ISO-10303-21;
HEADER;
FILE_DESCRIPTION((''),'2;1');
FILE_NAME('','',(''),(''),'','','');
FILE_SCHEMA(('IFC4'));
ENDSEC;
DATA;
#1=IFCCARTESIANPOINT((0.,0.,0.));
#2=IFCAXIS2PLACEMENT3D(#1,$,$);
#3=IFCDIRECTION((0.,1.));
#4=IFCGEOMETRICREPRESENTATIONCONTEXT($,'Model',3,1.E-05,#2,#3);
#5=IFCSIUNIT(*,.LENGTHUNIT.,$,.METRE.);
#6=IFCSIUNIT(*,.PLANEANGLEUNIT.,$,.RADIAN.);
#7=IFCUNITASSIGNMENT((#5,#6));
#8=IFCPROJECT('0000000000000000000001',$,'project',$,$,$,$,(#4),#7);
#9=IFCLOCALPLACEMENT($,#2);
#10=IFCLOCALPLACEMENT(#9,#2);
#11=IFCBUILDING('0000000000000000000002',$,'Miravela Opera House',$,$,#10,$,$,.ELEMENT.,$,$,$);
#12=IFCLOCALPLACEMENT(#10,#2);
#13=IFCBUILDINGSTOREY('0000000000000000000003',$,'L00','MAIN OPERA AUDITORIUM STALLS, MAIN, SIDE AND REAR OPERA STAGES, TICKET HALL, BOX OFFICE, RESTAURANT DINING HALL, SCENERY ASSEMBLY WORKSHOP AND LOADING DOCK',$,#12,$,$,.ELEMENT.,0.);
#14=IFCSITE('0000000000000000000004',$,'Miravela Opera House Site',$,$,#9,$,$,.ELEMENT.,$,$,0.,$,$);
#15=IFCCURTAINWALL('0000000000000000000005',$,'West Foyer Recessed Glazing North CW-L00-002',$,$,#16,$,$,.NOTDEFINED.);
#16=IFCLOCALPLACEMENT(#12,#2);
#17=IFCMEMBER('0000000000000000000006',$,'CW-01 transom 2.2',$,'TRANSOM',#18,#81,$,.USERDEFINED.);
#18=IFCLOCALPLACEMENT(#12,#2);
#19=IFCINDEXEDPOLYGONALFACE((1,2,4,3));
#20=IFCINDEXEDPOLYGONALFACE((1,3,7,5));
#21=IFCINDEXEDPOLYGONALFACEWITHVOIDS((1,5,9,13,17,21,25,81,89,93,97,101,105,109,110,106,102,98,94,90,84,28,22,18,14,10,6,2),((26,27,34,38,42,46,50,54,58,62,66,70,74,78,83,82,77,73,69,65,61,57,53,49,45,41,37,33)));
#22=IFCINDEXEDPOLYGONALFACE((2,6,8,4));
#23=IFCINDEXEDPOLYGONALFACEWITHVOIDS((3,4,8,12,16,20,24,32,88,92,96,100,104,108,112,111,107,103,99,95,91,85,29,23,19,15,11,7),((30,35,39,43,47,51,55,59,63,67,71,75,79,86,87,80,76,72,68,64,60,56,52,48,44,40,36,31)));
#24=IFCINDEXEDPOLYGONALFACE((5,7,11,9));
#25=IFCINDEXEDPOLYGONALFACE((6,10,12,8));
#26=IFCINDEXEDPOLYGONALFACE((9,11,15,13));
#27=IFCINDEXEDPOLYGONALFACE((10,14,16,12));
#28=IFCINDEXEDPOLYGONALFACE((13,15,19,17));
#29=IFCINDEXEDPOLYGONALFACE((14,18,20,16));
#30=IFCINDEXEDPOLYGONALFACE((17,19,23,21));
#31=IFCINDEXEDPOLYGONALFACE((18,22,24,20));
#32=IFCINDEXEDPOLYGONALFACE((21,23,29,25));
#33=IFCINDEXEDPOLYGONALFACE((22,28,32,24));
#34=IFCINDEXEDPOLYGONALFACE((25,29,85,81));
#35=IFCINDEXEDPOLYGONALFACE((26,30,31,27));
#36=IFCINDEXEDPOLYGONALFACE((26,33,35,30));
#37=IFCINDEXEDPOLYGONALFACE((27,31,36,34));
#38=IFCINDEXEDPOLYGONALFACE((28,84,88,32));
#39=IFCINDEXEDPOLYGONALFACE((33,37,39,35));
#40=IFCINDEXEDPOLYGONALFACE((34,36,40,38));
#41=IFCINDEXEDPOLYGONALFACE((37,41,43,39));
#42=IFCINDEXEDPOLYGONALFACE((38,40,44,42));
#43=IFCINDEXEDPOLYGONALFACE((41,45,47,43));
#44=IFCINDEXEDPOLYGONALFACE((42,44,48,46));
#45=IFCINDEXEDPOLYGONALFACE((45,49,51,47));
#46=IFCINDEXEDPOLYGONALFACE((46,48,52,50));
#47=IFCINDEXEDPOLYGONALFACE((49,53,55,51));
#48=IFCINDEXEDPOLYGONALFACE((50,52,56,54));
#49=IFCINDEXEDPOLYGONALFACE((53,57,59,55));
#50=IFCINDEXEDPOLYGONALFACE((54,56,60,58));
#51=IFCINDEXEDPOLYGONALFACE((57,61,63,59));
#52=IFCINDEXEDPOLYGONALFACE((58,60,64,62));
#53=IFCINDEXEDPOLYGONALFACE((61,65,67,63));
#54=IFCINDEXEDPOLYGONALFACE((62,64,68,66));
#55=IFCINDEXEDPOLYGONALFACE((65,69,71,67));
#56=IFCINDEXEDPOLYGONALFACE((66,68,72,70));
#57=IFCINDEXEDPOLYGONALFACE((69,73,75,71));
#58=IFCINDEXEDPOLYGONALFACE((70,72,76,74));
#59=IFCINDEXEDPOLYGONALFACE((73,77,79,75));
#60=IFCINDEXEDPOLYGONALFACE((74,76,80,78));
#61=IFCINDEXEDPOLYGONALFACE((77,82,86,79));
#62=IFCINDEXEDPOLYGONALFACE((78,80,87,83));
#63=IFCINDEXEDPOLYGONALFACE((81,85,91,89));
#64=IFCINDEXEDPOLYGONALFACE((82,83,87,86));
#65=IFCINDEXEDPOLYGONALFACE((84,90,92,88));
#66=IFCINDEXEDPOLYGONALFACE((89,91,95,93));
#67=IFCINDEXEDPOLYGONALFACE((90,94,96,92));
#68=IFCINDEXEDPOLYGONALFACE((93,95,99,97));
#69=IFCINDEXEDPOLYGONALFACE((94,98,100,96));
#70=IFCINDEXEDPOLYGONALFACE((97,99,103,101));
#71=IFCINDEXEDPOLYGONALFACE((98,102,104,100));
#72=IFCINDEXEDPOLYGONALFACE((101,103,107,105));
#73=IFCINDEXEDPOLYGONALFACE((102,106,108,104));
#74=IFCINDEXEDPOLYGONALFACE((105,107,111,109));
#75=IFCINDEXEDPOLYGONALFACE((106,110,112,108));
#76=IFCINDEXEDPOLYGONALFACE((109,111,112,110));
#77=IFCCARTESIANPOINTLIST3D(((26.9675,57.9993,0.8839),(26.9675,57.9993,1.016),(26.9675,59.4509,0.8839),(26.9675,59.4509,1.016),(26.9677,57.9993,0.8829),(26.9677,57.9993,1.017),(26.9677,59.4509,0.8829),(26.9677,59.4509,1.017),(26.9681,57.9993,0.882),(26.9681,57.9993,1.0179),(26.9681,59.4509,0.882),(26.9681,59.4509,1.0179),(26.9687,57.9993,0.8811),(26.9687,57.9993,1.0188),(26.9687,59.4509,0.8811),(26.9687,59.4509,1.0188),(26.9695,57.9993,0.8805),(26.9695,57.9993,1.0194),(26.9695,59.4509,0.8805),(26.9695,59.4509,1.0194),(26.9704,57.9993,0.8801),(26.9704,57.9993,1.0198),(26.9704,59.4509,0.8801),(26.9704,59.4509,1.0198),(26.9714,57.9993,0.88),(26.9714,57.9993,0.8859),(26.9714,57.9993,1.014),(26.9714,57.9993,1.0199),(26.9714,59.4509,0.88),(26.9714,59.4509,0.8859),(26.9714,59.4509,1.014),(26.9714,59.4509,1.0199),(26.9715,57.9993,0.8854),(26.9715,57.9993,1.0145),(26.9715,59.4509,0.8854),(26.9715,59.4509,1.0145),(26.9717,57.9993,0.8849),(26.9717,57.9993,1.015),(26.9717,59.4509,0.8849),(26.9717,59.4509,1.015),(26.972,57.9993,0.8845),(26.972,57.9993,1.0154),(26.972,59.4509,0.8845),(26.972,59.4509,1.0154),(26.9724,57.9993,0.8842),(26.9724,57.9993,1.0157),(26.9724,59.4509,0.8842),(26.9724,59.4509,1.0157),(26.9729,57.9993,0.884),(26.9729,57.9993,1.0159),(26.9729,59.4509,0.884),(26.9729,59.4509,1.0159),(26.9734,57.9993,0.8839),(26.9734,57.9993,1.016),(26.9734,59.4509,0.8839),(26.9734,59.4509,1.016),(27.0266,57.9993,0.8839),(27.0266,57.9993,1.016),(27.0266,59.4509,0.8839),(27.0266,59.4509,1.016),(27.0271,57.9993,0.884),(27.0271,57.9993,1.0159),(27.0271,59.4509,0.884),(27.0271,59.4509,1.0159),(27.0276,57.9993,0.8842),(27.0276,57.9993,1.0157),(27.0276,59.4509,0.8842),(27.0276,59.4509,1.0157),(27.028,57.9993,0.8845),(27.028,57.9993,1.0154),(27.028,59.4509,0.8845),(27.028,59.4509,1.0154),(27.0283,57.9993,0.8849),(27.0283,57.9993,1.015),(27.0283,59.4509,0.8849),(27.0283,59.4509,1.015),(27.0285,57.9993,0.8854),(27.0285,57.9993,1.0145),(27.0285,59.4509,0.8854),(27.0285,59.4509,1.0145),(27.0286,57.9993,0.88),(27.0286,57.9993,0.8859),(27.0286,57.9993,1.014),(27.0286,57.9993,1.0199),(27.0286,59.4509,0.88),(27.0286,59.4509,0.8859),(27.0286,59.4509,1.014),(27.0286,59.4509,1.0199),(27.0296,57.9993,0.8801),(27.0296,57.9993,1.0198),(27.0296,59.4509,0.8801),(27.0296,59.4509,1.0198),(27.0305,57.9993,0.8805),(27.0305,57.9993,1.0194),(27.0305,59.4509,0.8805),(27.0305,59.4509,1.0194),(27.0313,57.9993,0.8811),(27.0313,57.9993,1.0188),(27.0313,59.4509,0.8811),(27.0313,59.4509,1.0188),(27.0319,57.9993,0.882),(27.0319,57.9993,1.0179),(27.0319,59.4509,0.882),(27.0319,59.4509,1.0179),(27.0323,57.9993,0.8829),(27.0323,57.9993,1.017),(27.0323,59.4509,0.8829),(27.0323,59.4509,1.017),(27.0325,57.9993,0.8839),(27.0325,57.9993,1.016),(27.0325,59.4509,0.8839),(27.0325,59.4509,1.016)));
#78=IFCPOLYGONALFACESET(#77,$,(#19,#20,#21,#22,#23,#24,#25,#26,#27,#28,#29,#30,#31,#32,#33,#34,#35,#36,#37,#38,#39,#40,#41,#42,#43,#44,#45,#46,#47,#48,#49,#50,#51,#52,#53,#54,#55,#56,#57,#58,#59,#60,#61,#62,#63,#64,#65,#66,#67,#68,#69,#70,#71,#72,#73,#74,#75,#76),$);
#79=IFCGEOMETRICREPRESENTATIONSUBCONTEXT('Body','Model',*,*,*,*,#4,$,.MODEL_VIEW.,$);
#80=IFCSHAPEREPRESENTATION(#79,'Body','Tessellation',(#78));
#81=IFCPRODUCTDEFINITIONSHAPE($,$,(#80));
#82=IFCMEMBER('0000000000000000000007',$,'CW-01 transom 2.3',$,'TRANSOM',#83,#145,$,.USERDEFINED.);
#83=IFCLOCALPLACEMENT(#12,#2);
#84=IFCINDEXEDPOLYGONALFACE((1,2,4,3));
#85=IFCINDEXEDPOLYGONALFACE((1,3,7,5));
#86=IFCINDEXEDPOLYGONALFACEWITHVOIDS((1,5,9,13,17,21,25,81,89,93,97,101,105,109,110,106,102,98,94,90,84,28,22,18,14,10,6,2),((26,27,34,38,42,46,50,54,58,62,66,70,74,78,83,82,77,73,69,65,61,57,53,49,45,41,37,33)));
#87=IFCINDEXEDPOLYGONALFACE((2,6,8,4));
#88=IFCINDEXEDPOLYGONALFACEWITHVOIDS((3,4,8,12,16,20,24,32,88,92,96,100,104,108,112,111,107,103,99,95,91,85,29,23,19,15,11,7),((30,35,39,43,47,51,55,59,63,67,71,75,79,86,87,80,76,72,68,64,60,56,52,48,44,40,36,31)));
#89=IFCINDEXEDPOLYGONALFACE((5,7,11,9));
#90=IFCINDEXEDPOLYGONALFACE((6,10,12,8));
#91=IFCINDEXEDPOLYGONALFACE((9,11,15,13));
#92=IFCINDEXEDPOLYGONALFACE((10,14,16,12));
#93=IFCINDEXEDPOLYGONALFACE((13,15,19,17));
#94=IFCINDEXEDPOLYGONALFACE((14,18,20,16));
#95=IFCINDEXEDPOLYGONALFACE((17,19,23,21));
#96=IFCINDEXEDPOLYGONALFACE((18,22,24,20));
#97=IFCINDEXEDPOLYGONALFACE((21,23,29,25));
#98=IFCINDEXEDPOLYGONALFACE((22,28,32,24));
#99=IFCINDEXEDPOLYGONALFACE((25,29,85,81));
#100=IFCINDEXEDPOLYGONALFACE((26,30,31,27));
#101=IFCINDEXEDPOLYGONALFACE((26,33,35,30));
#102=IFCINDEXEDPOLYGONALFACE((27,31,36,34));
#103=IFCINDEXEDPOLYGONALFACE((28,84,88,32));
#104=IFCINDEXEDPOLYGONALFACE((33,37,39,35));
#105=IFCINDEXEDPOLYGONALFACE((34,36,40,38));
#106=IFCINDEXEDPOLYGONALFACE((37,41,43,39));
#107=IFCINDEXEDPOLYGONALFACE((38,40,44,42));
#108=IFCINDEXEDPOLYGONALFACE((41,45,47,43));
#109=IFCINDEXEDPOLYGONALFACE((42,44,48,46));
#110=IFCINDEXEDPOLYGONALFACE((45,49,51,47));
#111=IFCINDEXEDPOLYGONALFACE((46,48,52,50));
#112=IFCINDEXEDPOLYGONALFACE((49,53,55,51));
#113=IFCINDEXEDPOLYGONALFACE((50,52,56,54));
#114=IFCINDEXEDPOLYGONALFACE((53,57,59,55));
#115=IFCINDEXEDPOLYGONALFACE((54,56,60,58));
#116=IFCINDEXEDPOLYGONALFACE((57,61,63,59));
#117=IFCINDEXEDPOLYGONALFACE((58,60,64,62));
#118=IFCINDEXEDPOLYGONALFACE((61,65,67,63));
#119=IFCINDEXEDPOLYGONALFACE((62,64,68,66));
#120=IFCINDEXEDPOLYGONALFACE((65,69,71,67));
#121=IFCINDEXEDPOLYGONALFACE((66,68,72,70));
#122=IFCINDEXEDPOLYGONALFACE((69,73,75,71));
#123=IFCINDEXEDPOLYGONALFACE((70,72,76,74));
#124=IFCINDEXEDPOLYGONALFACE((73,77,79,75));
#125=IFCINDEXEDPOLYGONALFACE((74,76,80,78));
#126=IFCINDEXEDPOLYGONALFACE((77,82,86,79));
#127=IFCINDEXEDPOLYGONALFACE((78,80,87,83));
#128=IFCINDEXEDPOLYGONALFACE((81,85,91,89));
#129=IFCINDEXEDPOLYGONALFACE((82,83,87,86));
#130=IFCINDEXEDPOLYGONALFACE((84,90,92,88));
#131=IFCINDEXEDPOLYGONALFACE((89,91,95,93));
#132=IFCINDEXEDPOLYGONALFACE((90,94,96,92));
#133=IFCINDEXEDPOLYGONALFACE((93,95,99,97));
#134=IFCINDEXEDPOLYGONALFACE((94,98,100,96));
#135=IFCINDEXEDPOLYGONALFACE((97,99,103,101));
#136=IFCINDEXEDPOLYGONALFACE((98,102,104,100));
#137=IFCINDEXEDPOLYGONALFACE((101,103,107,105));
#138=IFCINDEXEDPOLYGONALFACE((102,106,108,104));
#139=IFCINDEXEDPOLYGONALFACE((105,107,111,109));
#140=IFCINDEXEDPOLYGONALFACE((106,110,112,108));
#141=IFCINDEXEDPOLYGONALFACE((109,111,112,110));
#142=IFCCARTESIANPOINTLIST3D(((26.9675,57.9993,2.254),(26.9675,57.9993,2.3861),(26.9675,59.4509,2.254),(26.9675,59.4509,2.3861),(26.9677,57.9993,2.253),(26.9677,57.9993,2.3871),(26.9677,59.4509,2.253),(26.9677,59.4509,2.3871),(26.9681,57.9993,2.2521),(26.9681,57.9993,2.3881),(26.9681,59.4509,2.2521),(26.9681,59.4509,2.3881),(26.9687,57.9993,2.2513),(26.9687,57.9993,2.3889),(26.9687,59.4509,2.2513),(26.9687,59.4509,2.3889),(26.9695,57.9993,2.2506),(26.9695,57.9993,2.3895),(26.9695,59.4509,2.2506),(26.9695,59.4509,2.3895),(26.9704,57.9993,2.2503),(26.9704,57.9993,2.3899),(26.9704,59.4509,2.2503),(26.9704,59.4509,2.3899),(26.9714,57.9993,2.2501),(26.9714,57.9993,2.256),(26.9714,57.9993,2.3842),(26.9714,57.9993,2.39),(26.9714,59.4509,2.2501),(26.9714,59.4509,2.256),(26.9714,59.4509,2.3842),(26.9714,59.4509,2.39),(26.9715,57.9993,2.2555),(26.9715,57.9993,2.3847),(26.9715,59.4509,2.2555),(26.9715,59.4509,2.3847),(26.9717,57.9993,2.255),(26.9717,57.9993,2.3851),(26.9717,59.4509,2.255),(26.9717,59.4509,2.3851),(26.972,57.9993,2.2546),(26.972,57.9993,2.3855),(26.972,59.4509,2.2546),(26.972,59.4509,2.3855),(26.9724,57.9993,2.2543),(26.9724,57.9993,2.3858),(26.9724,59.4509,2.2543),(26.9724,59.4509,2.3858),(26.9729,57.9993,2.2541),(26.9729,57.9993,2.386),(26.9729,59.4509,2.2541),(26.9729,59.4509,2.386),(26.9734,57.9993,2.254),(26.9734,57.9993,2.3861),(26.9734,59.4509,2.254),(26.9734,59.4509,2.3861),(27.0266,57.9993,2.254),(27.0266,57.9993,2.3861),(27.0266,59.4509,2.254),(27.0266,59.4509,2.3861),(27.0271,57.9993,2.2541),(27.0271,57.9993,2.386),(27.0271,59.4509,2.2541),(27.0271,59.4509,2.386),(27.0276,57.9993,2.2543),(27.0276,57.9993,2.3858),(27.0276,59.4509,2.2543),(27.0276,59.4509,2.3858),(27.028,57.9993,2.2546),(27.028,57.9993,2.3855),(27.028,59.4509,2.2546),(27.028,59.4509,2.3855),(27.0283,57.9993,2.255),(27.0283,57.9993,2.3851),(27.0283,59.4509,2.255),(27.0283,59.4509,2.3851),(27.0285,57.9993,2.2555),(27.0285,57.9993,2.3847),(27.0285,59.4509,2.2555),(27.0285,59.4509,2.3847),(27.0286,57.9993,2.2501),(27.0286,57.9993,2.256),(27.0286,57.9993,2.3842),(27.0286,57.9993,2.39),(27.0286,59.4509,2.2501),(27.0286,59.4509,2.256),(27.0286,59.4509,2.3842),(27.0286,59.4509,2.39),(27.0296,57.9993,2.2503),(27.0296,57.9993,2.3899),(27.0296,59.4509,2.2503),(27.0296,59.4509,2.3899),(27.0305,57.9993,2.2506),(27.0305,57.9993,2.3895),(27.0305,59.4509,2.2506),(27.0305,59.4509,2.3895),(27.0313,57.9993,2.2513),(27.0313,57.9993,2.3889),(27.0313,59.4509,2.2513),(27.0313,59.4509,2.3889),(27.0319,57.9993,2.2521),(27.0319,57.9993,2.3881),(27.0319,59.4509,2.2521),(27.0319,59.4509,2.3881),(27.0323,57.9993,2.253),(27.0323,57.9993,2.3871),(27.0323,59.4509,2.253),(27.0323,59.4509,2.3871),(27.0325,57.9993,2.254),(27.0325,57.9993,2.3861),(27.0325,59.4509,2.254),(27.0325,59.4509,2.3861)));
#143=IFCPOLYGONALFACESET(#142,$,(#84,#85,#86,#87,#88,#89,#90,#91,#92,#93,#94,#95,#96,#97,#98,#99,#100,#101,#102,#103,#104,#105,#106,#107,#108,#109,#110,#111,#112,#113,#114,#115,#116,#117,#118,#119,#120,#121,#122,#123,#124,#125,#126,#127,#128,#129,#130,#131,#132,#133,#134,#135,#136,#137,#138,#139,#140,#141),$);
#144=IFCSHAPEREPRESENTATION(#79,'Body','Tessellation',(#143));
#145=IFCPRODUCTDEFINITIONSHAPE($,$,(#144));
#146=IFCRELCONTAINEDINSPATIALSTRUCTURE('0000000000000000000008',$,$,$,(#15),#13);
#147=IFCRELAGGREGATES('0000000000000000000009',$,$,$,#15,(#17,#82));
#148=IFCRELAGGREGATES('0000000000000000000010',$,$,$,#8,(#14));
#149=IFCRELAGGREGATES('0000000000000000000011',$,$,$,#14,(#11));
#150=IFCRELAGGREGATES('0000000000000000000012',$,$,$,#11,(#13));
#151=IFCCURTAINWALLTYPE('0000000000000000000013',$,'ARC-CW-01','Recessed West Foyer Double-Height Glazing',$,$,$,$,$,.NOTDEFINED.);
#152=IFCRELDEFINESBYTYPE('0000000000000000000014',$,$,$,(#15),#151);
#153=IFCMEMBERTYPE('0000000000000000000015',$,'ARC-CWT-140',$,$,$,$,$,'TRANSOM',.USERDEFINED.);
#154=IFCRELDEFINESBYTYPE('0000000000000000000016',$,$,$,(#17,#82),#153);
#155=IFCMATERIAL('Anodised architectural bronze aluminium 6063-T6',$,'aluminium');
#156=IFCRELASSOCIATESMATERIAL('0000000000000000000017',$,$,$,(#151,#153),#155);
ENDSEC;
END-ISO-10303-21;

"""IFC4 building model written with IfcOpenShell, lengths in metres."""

from ifc_helpers import new_model, si_unit, direction, frame, origin, origin_2d, place, context, subcontext, project, spatial, hollow_rectangle, extrude, material, material_profile, profile_set, type_object, element, aggregate, save


model = new_model("IFC4")

# Units and contexts
model_context = context("Model", 3, precision=1e-05, world=origin(), true_north=direction((0.0, 1.0)))
body_context = subcontext(model_context, "Body", "Model", "MODEL_VIEW")
ifc_project = project(units=[si_unit("LENGTHUNIT", "METRE"), si_unit("PLANEANGLEUNIT", "RADIAN")], contexts=[model_context])

# Site, building, storey
site_placement = place(None, origin())
site = spatial("IfcSite", under=ifc_project, at=site_placement, Name="Miravela Opera House Site", CompositionType="ELEMENT", RefElevation=0.0)
building_placement = place(site_placement, origin())
building = spatial("IfcBuilding", under=site, at=building_placement, Name="Miravela Opera House", CompositionType="ELEMENT")
storey_placement = place(building_placement, origin())
storey = spatial("IfcBuildingStorey", under=building, at=storey_placement, Name="L00", Description="MAIN OPERA AUDITORIUM STALLS, MAIN, SIDE AND REAR OPERA STAGES, TICKET HALL, BOX OFFICE, RESTAURANT DINING HALL, SCENERY ASSEMBLY WORKSHOP AND LOADING DOCK", CompositionType="ELEMENT", Elevation=0.0)

# Curtain wall, members
ifc_material_1 = material(Name="Anodised architectural bronze aluminium 6063-T6", Category="aluminium")
curtain_wall_type = type_object("IfcCurtainWallType", Name="ARC-CW-01", Description="Recessed West Foyer Double-Height Glazing", PredefinedType="NOTDEFINED", material=ifc_material_1)
curtain_wall_placement = place(storey_placement, origin())
curtain_wall = element("IfcCurtainWall", 1, at=curtain_wall_placement, inside=storey, type_object=curtain_wall_type, Name="West Foyer Recessed Glazing North CW-L00-002", PredefinedType="NOTDEFINED")
ifc_material_profile_1 = material_profile(ifc_material_1, hollow_rectangle(XDim=0.0649, YDim=0.1399, WallThickness=0.0039, InnerFilletRadius=0.002, OuterFilletRadius=0.0039, at=origin_2d()), Name="CWT-65X140")
ifc_profile_set_1 = profile_set([ifc_material_profile_1])
member_type_1 = type_object("IfcMemberType", Name="ARC-CWT-140", ElementType="TRANSOM", PredefinedType="USERDEFINED", material=ifc_profile_set_1)
member_1_placement = place(storey_placement, frame((27.0, 57.9993, 0.95), z_axis=(0.0, 1.0, 0.0), x_axis=(-1.0, 0.0, 0.0)))
member_1 = element("IfcMember", 2, at=member_1_placement, type_object=member_type_1, Name="CW-01 transom 2.2", ObjectType="TRANSOM", PredefinedType="USERDEFINED", context=body_context, shape_type="SweptSolid", body=[
    extrude(hollow_rectangle(XDim=0.0649, YDim=0.1399, WallThickness=0.0039, InnerFilletRadius=0.002, OuterFilletRadius=0.0039, at=origin_2d()), origin(), (0.0, 0.0, 1.0), 1.4517),
])
member_2_placement = place(storey_placement, frame((27.0, 57.9993, 2.3201), z_axis=(0.0, 1.0, 0.0), x_axis=(-1.0, 0.0, 0.0)))
member_2 = element("IfcMember", 3, at=member_2_placement, type_object=member_type_1, Name="CW-01 transom 2.3", ObjectType="TRANSOM", PredefinedType="USERDEFINED", context=body_context, shape_type="SweptSolid", body=[
    extrude(hollow_rectangle(XDim=0.0649, YDim=0.1399, WallThickness=0.0039, InnerFilletRadius=0.002, OuterFilletRadius=0.0039, at=origin_2d()), origin(), (0.0, 0.0, 1.0), 1.4517),
])

aggregate(curtain_wall, [member_1, member_2])

save(model, "model.ifc")
